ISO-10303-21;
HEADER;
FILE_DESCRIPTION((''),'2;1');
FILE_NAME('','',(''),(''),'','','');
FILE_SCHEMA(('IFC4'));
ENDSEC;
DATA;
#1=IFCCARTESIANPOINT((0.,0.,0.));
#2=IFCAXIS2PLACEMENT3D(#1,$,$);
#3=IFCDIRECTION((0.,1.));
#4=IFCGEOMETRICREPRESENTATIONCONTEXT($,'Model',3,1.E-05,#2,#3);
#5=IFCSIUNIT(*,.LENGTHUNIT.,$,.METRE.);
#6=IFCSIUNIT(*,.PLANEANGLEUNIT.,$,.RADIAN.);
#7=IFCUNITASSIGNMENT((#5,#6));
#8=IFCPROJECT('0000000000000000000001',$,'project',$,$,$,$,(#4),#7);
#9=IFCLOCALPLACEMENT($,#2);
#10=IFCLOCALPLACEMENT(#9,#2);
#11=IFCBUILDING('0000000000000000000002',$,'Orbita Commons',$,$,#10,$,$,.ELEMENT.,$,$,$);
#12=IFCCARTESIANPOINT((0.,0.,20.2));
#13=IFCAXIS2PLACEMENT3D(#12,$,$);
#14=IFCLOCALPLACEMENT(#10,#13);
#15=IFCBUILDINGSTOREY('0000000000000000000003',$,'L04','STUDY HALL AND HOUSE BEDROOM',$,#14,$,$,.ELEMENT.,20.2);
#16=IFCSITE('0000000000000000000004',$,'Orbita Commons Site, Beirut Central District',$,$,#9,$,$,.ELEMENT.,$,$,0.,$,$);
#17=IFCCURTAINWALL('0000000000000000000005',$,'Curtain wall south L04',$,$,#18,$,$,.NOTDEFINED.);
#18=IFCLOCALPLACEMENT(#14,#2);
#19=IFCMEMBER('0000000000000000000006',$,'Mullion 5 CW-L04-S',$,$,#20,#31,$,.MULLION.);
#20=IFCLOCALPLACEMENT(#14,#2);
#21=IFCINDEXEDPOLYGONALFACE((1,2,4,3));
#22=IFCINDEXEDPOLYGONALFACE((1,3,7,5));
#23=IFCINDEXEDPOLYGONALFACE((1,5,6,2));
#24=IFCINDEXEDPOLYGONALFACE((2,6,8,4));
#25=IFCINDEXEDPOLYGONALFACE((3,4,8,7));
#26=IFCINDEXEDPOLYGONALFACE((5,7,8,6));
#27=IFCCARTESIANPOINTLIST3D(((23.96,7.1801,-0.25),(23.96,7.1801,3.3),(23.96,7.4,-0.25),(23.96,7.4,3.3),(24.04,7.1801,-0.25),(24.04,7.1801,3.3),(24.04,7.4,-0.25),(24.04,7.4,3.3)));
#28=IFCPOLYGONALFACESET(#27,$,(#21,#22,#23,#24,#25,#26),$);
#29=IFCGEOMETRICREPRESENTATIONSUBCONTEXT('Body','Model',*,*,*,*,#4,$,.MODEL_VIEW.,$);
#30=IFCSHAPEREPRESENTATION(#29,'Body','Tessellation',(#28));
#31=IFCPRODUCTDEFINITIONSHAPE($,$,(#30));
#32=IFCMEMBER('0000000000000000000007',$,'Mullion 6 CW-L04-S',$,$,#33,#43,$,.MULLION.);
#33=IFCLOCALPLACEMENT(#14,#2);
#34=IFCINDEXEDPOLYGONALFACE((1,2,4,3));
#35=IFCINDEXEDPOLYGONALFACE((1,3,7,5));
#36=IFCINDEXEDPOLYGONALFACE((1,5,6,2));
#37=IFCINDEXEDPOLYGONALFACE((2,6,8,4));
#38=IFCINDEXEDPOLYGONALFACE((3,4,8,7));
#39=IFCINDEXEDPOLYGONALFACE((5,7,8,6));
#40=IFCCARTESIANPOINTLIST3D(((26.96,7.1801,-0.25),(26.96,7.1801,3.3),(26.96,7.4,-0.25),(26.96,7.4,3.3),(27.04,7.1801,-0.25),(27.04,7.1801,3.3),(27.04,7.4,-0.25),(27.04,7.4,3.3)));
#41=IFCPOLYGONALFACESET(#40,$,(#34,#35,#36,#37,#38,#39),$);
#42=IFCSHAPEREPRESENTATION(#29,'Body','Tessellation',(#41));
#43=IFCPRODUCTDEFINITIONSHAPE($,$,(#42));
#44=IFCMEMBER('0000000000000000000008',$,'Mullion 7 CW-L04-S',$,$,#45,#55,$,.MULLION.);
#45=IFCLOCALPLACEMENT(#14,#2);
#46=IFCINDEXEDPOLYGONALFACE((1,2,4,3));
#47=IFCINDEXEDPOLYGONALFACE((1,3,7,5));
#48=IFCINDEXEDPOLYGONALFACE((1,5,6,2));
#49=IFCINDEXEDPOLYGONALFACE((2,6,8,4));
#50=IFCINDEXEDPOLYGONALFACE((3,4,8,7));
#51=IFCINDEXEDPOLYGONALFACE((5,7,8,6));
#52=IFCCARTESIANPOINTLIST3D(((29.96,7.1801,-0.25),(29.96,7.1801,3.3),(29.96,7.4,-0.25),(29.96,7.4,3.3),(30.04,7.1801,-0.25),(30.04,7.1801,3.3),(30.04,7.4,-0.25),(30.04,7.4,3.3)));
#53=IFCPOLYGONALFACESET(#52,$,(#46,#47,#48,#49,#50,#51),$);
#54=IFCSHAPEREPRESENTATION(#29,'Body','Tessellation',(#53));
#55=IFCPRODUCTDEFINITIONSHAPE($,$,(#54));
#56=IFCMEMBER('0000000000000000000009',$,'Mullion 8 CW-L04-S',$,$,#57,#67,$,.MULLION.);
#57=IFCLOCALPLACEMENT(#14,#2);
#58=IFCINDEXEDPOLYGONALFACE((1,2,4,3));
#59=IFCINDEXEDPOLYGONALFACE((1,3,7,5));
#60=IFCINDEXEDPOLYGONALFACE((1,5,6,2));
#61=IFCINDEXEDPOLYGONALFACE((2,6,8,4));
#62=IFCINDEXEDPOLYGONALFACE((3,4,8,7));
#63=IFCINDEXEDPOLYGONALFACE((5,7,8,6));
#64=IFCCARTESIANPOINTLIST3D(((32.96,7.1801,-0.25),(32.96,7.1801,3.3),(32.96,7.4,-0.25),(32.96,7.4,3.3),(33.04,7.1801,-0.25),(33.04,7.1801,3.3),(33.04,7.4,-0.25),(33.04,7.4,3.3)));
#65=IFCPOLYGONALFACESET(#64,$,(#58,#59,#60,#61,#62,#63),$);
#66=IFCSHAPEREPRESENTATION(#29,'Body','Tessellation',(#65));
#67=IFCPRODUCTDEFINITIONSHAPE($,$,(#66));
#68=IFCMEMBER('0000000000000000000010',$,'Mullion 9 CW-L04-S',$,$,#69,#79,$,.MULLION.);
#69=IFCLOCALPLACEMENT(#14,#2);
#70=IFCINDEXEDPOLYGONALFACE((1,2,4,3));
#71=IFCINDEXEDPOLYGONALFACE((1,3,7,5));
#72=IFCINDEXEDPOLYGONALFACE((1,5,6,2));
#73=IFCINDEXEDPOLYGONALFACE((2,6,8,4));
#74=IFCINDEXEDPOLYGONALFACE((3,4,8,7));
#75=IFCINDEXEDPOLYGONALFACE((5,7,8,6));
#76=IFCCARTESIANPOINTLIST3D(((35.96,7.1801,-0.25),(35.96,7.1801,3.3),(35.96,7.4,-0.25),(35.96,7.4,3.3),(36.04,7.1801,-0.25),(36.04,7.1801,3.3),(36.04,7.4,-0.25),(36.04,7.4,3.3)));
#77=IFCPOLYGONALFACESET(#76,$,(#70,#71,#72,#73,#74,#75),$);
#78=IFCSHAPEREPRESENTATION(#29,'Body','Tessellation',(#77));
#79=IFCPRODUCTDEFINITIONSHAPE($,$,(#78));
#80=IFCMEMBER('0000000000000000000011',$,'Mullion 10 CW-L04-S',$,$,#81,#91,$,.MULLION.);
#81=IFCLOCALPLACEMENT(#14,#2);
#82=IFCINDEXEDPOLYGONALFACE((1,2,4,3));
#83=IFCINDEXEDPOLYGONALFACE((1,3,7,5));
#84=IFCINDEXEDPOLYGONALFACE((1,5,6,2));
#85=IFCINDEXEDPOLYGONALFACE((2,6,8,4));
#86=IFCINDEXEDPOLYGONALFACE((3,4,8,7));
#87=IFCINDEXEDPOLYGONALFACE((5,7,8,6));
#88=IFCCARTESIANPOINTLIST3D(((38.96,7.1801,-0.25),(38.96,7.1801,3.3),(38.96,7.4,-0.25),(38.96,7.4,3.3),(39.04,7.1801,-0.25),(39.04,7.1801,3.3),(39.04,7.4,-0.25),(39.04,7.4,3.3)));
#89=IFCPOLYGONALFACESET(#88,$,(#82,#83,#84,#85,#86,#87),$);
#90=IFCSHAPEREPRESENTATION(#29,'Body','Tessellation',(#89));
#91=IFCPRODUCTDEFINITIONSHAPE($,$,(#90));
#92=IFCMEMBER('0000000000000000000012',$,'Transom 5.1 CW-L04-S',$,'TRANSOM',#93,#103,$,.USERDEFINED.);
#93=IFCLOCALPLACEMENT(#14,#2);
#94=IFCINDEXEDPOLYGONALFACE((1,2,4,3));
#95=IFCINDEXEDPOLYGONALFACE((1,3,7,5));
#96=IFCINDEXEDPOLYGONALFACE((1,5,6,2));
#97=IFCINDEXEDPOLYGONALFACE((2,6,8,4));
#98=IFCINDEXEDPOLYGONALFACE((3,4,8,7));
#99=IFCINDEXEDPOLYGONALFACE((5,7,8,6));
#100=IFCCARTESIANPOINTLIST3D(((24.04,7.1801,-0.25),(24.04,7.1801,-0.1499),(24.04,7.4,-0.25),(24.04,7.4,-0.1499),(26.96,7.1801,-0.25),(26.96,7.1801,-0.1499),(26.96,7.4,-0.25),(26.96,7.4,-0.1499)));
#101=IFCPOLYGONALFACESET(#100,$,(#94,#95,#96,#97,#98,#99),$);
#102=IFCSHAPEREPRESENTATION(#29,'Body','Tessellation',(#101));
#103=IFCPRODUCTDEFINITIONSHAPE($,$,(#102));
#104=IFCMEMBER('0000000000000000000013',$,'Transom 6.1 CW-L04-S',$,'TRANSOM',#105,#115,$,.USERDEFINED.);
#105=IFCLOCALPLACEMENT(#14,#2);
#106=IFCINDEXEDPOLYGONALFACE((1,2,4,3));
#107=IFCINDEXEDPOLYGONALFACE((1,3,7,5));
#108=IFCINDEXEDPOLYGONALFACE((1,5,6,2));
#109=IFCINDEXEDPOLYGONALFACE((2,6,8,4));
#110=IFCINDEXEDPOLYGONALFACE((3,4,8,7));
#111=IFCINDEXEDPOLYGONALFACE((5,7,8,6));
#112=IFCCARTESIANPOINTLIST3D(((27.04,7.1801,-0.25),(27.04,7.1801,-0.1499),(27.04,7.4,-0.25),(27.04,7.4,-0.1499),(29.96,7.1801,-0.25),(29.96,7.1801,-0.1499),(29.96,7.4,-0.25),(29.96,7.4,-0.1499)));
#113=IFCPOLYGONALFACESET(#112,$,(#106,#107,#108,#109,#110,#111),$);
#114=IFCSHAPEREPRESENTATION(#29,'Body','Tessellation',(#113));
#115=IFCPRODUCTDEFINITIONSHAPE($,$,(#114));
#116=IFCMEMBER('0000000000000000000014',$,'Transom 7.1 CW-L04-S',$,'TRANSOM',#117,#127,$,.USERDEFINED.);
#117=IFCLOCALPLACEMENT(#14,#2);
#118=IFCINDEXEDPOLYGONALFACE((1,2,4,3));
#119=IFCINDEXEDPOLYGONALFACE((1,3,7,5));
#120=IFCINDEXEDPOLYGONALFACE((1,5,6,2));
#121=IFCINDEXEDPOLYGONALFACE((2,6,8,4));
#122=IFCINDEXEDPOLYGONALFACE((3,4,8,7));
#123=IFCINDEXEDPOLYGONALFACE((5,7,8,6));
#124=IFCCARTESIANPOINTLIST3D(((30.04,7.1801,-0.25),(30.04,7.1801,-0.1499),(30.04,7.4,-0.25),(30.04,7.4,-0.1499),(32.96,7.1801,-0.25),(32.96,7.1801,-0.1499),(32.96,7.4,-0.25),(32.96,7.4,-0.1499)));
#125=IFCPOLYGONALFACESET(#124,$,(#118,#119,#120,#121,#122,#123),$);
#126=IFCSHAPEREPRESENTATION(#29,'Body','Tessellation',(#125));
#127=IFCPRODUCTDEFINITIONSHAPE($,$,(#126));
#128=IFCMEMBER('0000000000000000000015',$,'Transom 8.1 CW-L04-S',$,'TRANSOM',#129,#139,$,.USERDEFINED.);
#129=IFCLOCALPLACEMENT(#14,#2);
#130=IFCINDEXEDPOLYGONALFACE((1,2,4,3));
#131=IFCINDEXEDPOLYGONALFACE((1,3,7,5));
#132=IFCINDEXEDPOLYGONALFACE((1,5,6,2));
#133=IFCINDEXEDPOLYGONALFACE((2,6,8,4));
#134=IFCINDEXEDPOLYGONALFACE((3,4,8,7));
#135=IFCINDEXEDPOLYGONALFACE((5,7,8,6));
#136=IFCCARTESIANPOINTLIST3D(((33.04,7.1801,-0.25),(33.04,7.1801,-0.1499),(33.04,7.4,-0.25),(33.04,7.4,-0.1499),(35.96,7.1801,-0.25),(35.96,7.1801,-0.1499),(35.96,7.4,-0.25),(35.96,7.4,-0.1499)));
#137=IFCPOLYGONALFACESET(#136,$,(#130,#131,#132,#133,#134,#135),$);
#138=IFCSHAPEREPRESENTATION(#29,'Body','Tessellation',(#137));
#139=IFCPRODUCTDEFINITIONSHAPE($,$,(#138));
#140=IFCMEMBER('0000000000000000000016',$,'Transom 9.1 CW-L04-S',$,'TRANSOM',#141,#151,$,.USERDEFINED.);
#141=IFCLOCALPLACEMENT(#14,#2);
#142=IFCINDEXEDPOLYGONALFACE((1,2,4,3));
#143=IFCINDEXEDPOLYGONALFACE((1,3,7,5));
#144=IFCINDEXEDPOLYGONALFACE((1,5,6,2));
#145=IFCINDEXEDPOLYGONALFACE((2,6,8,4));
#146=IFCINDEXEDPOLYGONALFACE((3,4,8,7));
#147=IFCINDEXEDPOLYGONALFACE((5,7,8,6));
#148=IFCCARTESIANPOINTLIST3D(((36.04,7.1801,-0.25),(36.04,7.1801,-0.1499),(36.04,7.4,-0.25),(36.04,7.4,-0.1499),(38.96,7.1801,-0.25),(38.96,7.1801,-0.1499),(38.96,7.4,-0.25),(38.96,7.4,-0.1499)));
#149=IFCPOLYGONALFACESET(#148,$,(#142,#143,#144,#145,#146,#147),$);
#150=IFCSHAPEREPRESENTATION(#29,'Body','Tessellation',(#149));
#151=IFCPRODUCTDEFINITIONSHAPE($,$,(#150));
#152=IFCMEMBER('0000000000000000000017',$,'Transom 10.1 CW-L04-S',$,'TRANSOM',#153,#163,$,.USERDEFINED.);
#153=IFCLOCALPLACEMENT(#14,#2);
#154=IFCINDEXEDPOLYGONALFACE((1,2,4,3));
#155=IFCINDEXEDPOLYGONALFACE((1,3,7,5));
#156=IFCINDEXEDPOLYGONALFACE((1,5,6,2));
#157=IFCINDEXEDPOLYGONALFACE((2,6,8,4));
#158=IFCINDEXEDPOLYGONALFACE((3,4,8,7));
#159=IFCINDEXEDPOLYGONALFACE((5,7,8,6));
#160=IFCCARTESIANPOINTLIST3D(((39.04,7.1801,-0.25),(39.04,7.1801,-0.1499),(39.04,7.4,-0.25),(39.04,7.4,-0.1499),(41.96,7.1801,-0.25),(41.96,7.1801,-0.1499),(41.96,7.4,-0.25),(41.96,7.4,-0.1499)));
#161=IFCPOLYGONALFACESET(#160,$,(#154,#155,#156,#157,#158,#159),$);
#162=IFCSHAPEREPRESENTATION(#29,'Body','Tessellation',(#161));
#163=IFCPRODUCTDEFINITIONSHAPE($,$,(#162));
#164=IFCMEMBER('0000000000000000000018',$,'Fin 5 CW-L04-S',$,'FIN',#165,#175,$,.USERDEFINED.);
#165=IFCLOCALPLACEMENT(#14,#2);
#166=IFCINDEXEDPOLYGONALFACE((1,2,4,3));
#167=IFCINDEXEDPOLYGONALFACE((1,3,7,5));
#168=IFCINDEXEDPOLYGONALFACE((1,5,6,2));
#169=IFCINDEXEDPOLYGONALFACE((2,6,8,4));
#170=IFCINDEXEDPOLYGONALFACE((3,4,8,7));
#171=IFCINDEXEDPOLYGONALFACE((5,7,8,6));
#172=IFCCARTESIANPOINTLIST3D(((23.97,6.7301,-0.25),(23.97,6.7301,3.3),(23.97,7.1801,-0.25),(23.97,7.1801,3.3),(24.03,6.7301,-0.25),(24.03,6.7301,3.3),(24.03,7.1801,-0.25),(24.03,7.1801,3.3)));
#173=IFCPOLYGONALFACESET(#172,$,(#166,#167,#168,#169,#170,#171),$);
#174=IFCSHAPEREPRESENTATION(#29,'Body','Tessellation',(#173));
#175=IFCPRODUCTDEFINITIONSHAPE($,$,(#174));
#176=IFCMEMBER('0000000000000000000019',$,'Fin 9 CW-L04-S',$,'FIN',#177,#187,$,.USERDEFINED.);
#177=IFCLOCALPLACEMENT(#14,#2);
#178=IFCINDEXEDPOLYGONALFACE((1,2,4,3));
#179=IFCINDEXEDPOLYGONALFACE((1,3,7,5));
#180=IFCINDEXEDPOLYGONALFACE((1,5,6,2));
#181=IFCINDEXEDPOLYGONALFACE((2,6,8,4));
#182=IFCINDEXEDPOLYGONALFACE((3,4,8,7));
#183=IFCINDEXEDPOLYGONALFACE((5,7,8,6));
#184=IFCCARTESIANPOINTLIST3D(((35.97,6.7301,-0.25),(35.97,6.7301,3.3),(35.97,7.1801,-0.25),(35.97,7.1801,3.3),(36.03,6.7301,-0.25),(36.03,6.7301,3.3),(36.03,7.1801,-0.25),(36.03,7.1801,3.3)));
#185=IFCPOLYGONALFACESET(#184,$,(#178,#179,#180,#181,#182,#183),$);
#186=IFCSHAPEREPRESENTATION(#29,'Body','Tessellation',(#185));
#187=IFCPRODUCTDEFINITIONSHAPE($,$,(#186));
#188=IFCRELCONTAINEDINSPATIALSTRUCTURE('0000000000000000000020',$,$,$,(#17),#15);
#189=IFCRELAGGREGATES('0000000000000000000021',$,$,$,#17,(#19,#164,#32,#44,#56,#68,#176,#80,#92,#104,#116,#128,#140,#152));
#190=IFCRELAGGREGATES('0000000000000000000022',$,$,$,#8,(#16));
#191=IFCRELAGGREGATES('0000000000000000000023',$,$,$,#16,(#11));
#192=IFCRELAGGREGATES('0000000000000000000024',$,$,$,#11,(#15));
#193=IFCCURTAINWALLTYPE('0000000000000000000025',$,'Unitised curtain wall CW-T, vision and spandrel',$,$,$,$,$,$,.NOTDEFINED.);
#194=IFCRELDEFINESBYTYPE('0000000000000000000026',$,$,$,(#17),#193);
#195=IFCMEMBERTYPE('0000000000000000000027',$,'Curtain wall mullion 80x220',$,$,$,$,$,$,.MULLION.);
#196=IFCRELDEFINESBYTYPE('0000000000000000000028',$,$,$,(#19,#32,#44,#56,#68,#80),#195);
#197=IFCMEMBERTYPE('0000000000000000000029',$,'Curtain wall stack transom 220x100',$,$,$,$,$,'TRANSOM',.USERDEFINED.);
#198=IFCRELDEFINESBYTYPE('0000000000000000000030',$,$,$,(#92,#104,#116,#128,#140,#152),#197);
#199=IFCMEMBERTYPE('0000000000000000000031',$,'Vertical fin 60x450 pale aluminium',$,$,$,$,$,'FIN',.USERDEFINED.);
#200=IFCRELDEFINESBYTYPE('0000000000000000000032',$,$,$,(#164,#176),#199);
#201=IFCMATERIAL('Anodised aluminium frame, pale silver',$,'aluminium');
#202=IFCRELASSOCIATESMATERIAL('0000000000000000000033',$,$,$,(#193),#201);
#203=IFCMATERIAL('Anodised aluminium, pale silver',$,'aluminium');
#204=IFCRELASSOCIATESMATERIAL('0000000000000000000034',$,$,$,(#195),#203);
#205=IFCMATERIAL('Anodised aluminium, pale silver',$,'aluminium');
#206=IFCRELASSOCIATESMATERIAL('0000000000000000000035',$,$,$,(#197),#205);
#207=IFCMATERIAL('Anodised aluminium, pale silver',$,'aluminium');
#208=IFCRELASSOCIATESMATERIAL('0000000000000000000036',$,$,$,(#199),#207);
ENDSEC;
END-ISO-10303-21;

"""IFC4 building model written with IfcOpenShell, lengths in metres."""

from ifc_helpers import new_model, si_unit, direction, frame, origin, origin_2d, place, context, subcontext, project, spatial, rectangle, extrude, material, material_profile, profile_set, type_object, element, aggregate, save


model = new_model("IFC4")

# Units and contexts
model_context = context("Model", 3, precision=1e-05, world=origin(), true_north=direction((0.0, 1.0)))
body_context = subcontext(model_context, "Body", "Model", "MODEL_VIEW")
ifc_project = project(units=[si_unit("LENGTHUNIT", "METRE"), si_unit("PLANEANGLEUNIT", "RADIAN")], contexts=[model_context])

# Site, building, storey
site_placement = place(None, origin())
site = spatial("IfcSite", under=ifc_project, at=site_placement, Name="Orbita Commons Site, Beirut Central District", CompositionType="ELEMENT", RefElevation=0.0)
building_placement = place(site_placement, origin())
building = spatial("IfcBuilding", under=site, at=building_placement, Name="Orbita Commons", CompositionType="ELEMENT")
storey_placement = place(building_placement, frame((0.0, 0.0, 20.2)))
storey = spatial("IfcBuildingStorey", under=building, at=storey_placement, Name="L04", Description="STUDY HALL AND HOUSE BEDROOM", CompositionType="ELEMENT", Elevation=20.2)

# Curtain wall, members
ifc_material_1 = material(Name="Anodised aluminium frame, pale silver", Category="aluminium")
curtain_wall_type = type_object("IfcCurtainWallType", Name="Unitised curtain wall CW-T, vision and spandrel", PredefinedType="NOTDEFINED", material=ifc_material_1)
curtain_wall_placement = place(storey_placement, origin())
curtain_wall = element("IfcCurtainWall", 1, at=curtain_wall_placement, inside=storey, type_object=curtain_wall_type, Name="Curtain wall south L04", PredefinedType="NOTDEFINED")
ifc_material_2 = material(Name="Anodised aluminium, pale silver", Category="aluminium")
ifc_material_profile_1 = material_profile(ifc_material_2, rectangle(XDim=0.0801, YDim=0.22, at=origin_2d()), Name="AL 80x220")
ifc_profile_set_1 = profile_set([ifc_material_profile_1], Name="Anodised aluminium, pale silver")
member_type_1 = type_object("IfcMemberType", Name="Curtain wall mullion 80x220", PredefinedType="MULLION", material=ifc_profile_set_1)
member_1_placement = place(storey_placement, frame((24.0, 7.29, -0.25), z_axis=(0.0, 0.0, 1.0), x_axis=(1.0, 0.0, 0.0)))
member_1 = element("IfcMember", 2, at=member_1_placement, type_object=member_type_1, Name="Mullion 5 CW-L04-S", PredefinedType="MULLION", context=body_context, shape_type="SweptSolid", body=[
    extrude(rectangle(XDim=0.0801, YDim=0.22, at=origin_2d()), origin(), (0.0, 0.0, 1.0), 3.55),
])
member_2_placement = place(storey_placement, frame((27.0, 7.29, -0.25), z_axis=(0.0, 0.0, 1.0), x_axis=(1.0, 0.0, 0.0)))
member_2 = element("IfcMember", 3, at=member_2_placement, type_object=member_type_1, Name="Mullion 6 CW-L04-S", PredefinedType="MULLION", context=body_context, shape_type="SweptSolid", body=[
    extrude(rectangle(XDim=0.0801, YDim=0.22, at=origin_2d()), origin(), (0.0, 0.0, 1.0), 3.55),
])
member_3_placement = place(storey_placement, frame((30.0, 7.29, -0.25), z_axis=(0.0, 0.0, 1.0), x_axis=(1.0, 0.0, 0.0)))
member_3 = element("IfcMember", 4, at=member_3_placement, type_object=member_type_1, Name="Mullion 7 CW-L04-S", PredefinedType="MULLION", context=body_context, shape_type="SweptSolid", body=[
    extrude(rectangle(XDim=0.0801, YDim=0.22, at=origin_2d()), origin(), (0.0, 0.0, 1.0), 3.55),
])
member_4_placement = place(storey_placement, frame((33.0, 7.29, -0.25), z_axis=(0.0, 0.0, 1.0), x_axis=(1.0, 0.0, 0.0)))
member_4 = element("IfcMember", 5, at=member_4_placement, type_object=member_type_1, Name="Mullion 8 CW-L04-S", PredefinedType="MULLION", context=body_context, shape_type="SweptSolid", body=[
    extrude(rectangle(XDim=0.0801, YDim=0.22, at=origin_2d()), origin(), (0.0, 0.0, 1.0), 3.55),
])
member_5_placement = place(storey_placement, frame((36.0, 7.29, -0.25), z_axis=(0.0, 0.0, 1.0), x_axis=(1.0, 0.0, 0.0)))
member_5 = element("IfcMember", 6, at=member_5_placement, type_object=member_type_1, Name="Mullion 9 CW-L04-S", PredefinedType="MULLION", context=body_context, shape_type="SweptSolid", body=[
    extrude(rectangle(XDim=0.0801, YDim=0.22, at=origin_2d()), origin(), (0.0, 0.0, 1.0), 3.55),
])
member_6_placement = place(storey_placement, frame((39.0, 7.29, -0.25), z_axis=(0.0, 0.0, 1.0), x_axis=(1.0, 0.0, 0.0)))
member_6 = element("IfcMember", 7, at=member_6_placement, type_object=member_type_1, Name="Mullion 10 CW-L04-S", PredefinedType="MULLION", context=body_context, shape_type="SweptSolid", body=[
    extrude(rectangle(XDim=0.0801, YDim=0.22, at=origin_2d()), origin(), (0.0, 0.0, 1.0), 3.55),
])
ifc_material_3 = material(Name="Anodised aluminium, pale silver", Category="aluminium")
ifc_material_profile_2 = material_profile(ifc_material_3, rectangle(XDim=0.22, YDim=0.1001, at=origin_2d()), Name="AL 220x100")
ifc_profile_set_2 = profile_set([ifc_material_profile_2], Name="Anodised aluminium, pale silver")
member_type_2 = type_object("IfcMemberType", Name="Curtain wall stack transom 220x100", ElementType="TRANSOM", PredefinedType="USERDEFINED", material=ifc_profile_set_2)
member_7_placement = place(storey_placement, frame((24.04, 7.29, -0.2), z_axis=(1.0, 0.0, 0.0), x_axis=(0.0, 1.0, 0.0)))
member_7 = element("IfcMember", 8, at=member_7_placement, type_object=member_type_2, Name="Transom 5.1 CW-L04-S", ObjectType="TRANSOM", PredefinedType="USERDEFINED", context=body_context, shape_type="SweptSolid", body=[
    extrude(rectangle(XDim=0.22, YDim=0.1001, at=origin_2d()), origin(), (0.0, 0.0, 1.0), 2.9199),
])
member_8_placement = place(storey_placement, frame((27.04, 7.29, -0.2), z_axis=(1.0, 0.0, 0.0), x_axis=(0.0, 1.0, 0.0)))
member_8 = element("IfcMember", 9, at=member_8_placement, type_object=member_type_2, Name="Transom 6.1 CW-L04-S", ObjectType="TRANSOM", PredefinedType="USERDEFINED", context=body_context, shape_type="SweptSolid", body=[
    extrude(rectangle(XDim=0.22, YDim=0.1001, at=origin_2d()), origin(), (0.0, 0.0, 1.0), 2.9199),
])
member_9_placement = place(storey_placement, frame((30.04, 7.29, -0.2), z_axis=(1.0, 0.0, 0.0), x_axis=(0.0, 1.0, 0.0)))
member_9 = element("IfcMember", 10, at=member_9_placement, type_object=member_type_2, Name="Transom 7.1 CW-L04-S", ObjectType="TRANSOM", PredefinedType="USERDEFINED", context=body_context, shape_type="SweptSolid", body=[
    extrude(rectangle(XDim=0.22, YDim=0.1001, at=origin_2d()), origin(), (0.0, 0.0, 1.0), 2.9199),
])
member_10_placement = place(storey_placement, frame((33.04, 7.29, -0.2), z_axis=(1.0, 0.0, 0.0), x_axis=(0.0, 1.0, 0.0)))
member_10 = element("IfcMember", 11, at=member_10_placement, type_object=member_type_2, Name="Transom 8.1 CW-L04-S", ObjectType="TRANSOM", PredefinedType="USERDEFINED", context=body_context, shape_type="SweptSolid", body=[
    extrude(rectangle(XDim=0.22, YDim=0.1001, at=origin_2d()), origin(), (0.0, 0.0, 1.0), 2.9199),
])
member_11_placement = place(storey_placement, frame((36.04, 7.29, -0.2), z_axis=(1.0, 0.0, 0.0), x_axis=(0.0, 1.0, 0.0)))
member_11 = element("IfcMember", 12, at=member_11_placement, type_object=member_type_2, Name="Transom 9.1 CW-L04-S", ObjectType="TRANSOM", PredefinedType="USERDEFINED", context=body_context, shape_type="SweptSolid", body=[
    extrude(rectangle(XDim=0.22, YDim=0.1001, at=origin_2d()), origin(), (0.0, 0.0, 1.0), 2.9199),
])
member_12_placement = place(storey_placement, frame((39.04, 7.29, -0.2), z_axis=(1.0, 0.0, 0.0), x_axis=(0.0, 1.0, 0.0)))
member_12 = element("IfcMember", 13, at=member_12_placement, type_object=member_type_2, Name="Transom 10.1 CW-L04-S", ObjectType="TRANSOM", PredefinedType="USERDEFINED", context=body_context, shape_type="SweptSolid", body=[
    extrude(rectangle(XDim=0.22, YDim=0.1001, at=origin_2d()), origin(), (0.0, 0.0, 1.0), 2.9199),
])
ifc_material_4 = material(Name="Anodised aluminium, pale silver", Category="aluminium")
ifc_material_profile_3 = material_profile(ifc_material_4, rectangle(XDim=0.0601, YDim=0.45, at=origin_2d()), Name="FIN 60x450")
ifc_profile_set_3 = profile_set([ifc_material_profile_3], Name="Anodised aluminium, pale silver")
member_type_3 = type_object("IfcMemberType", Name="Vertical fin 60x450 pale aluminium", ElementType="FIN", PredefinedType="USERDEFINED", material=ifc_profile_set_3)
member_13_placement = place(storey_placement, frame((24.0, 6.9551, -0.25), z_axis=(0.0, 0.0, 1.0), x_axis=(1.0, 0.0, 0.0)))
member_13 = element("IfcMember", 14, at=member_13_placement, type_object=member_type_3, Name="Fin 5 CW-L04-S", ObjectType="FIN", PredefinedType="USERDEFINED", context=body_context, shape_type="SweptSolid", body=[
    extrude(rectangle(XDim=0.0601, YDim=0.45, at=origin_2d()), origin(), (0.0, 0.0, 1.0), 3.55),
])
member_14_placement = place(storey_placement, frame((36.0, 6.9551, -0.25), z_axis=(0.0, 0.0, 1.0), x_axis=(1.0, 0.0, 0.0)))
member_14 = element("IfcMember", 15, at=member_14_placement, type_object=member_type_3, Name="Fin 9 CW-L04-S", ObjectType="FIN", PredefinedType="USERDEFINED", context=body_context, shape_type="SweptSolid", body=[
    extrude(rectangle(XDim=0.0601, YDim=0.45, at=origin_2d()), origin(), (0.0, 0.0, 1.0), 3.55),
])
aggregate(curtain_wall, [member_1, member_13, member_2, member_3, member_4, member_5, member_14, member_6, member_7, member_8, member_9, member_10, member_11, member_12])

save(model, "model.ifc")
